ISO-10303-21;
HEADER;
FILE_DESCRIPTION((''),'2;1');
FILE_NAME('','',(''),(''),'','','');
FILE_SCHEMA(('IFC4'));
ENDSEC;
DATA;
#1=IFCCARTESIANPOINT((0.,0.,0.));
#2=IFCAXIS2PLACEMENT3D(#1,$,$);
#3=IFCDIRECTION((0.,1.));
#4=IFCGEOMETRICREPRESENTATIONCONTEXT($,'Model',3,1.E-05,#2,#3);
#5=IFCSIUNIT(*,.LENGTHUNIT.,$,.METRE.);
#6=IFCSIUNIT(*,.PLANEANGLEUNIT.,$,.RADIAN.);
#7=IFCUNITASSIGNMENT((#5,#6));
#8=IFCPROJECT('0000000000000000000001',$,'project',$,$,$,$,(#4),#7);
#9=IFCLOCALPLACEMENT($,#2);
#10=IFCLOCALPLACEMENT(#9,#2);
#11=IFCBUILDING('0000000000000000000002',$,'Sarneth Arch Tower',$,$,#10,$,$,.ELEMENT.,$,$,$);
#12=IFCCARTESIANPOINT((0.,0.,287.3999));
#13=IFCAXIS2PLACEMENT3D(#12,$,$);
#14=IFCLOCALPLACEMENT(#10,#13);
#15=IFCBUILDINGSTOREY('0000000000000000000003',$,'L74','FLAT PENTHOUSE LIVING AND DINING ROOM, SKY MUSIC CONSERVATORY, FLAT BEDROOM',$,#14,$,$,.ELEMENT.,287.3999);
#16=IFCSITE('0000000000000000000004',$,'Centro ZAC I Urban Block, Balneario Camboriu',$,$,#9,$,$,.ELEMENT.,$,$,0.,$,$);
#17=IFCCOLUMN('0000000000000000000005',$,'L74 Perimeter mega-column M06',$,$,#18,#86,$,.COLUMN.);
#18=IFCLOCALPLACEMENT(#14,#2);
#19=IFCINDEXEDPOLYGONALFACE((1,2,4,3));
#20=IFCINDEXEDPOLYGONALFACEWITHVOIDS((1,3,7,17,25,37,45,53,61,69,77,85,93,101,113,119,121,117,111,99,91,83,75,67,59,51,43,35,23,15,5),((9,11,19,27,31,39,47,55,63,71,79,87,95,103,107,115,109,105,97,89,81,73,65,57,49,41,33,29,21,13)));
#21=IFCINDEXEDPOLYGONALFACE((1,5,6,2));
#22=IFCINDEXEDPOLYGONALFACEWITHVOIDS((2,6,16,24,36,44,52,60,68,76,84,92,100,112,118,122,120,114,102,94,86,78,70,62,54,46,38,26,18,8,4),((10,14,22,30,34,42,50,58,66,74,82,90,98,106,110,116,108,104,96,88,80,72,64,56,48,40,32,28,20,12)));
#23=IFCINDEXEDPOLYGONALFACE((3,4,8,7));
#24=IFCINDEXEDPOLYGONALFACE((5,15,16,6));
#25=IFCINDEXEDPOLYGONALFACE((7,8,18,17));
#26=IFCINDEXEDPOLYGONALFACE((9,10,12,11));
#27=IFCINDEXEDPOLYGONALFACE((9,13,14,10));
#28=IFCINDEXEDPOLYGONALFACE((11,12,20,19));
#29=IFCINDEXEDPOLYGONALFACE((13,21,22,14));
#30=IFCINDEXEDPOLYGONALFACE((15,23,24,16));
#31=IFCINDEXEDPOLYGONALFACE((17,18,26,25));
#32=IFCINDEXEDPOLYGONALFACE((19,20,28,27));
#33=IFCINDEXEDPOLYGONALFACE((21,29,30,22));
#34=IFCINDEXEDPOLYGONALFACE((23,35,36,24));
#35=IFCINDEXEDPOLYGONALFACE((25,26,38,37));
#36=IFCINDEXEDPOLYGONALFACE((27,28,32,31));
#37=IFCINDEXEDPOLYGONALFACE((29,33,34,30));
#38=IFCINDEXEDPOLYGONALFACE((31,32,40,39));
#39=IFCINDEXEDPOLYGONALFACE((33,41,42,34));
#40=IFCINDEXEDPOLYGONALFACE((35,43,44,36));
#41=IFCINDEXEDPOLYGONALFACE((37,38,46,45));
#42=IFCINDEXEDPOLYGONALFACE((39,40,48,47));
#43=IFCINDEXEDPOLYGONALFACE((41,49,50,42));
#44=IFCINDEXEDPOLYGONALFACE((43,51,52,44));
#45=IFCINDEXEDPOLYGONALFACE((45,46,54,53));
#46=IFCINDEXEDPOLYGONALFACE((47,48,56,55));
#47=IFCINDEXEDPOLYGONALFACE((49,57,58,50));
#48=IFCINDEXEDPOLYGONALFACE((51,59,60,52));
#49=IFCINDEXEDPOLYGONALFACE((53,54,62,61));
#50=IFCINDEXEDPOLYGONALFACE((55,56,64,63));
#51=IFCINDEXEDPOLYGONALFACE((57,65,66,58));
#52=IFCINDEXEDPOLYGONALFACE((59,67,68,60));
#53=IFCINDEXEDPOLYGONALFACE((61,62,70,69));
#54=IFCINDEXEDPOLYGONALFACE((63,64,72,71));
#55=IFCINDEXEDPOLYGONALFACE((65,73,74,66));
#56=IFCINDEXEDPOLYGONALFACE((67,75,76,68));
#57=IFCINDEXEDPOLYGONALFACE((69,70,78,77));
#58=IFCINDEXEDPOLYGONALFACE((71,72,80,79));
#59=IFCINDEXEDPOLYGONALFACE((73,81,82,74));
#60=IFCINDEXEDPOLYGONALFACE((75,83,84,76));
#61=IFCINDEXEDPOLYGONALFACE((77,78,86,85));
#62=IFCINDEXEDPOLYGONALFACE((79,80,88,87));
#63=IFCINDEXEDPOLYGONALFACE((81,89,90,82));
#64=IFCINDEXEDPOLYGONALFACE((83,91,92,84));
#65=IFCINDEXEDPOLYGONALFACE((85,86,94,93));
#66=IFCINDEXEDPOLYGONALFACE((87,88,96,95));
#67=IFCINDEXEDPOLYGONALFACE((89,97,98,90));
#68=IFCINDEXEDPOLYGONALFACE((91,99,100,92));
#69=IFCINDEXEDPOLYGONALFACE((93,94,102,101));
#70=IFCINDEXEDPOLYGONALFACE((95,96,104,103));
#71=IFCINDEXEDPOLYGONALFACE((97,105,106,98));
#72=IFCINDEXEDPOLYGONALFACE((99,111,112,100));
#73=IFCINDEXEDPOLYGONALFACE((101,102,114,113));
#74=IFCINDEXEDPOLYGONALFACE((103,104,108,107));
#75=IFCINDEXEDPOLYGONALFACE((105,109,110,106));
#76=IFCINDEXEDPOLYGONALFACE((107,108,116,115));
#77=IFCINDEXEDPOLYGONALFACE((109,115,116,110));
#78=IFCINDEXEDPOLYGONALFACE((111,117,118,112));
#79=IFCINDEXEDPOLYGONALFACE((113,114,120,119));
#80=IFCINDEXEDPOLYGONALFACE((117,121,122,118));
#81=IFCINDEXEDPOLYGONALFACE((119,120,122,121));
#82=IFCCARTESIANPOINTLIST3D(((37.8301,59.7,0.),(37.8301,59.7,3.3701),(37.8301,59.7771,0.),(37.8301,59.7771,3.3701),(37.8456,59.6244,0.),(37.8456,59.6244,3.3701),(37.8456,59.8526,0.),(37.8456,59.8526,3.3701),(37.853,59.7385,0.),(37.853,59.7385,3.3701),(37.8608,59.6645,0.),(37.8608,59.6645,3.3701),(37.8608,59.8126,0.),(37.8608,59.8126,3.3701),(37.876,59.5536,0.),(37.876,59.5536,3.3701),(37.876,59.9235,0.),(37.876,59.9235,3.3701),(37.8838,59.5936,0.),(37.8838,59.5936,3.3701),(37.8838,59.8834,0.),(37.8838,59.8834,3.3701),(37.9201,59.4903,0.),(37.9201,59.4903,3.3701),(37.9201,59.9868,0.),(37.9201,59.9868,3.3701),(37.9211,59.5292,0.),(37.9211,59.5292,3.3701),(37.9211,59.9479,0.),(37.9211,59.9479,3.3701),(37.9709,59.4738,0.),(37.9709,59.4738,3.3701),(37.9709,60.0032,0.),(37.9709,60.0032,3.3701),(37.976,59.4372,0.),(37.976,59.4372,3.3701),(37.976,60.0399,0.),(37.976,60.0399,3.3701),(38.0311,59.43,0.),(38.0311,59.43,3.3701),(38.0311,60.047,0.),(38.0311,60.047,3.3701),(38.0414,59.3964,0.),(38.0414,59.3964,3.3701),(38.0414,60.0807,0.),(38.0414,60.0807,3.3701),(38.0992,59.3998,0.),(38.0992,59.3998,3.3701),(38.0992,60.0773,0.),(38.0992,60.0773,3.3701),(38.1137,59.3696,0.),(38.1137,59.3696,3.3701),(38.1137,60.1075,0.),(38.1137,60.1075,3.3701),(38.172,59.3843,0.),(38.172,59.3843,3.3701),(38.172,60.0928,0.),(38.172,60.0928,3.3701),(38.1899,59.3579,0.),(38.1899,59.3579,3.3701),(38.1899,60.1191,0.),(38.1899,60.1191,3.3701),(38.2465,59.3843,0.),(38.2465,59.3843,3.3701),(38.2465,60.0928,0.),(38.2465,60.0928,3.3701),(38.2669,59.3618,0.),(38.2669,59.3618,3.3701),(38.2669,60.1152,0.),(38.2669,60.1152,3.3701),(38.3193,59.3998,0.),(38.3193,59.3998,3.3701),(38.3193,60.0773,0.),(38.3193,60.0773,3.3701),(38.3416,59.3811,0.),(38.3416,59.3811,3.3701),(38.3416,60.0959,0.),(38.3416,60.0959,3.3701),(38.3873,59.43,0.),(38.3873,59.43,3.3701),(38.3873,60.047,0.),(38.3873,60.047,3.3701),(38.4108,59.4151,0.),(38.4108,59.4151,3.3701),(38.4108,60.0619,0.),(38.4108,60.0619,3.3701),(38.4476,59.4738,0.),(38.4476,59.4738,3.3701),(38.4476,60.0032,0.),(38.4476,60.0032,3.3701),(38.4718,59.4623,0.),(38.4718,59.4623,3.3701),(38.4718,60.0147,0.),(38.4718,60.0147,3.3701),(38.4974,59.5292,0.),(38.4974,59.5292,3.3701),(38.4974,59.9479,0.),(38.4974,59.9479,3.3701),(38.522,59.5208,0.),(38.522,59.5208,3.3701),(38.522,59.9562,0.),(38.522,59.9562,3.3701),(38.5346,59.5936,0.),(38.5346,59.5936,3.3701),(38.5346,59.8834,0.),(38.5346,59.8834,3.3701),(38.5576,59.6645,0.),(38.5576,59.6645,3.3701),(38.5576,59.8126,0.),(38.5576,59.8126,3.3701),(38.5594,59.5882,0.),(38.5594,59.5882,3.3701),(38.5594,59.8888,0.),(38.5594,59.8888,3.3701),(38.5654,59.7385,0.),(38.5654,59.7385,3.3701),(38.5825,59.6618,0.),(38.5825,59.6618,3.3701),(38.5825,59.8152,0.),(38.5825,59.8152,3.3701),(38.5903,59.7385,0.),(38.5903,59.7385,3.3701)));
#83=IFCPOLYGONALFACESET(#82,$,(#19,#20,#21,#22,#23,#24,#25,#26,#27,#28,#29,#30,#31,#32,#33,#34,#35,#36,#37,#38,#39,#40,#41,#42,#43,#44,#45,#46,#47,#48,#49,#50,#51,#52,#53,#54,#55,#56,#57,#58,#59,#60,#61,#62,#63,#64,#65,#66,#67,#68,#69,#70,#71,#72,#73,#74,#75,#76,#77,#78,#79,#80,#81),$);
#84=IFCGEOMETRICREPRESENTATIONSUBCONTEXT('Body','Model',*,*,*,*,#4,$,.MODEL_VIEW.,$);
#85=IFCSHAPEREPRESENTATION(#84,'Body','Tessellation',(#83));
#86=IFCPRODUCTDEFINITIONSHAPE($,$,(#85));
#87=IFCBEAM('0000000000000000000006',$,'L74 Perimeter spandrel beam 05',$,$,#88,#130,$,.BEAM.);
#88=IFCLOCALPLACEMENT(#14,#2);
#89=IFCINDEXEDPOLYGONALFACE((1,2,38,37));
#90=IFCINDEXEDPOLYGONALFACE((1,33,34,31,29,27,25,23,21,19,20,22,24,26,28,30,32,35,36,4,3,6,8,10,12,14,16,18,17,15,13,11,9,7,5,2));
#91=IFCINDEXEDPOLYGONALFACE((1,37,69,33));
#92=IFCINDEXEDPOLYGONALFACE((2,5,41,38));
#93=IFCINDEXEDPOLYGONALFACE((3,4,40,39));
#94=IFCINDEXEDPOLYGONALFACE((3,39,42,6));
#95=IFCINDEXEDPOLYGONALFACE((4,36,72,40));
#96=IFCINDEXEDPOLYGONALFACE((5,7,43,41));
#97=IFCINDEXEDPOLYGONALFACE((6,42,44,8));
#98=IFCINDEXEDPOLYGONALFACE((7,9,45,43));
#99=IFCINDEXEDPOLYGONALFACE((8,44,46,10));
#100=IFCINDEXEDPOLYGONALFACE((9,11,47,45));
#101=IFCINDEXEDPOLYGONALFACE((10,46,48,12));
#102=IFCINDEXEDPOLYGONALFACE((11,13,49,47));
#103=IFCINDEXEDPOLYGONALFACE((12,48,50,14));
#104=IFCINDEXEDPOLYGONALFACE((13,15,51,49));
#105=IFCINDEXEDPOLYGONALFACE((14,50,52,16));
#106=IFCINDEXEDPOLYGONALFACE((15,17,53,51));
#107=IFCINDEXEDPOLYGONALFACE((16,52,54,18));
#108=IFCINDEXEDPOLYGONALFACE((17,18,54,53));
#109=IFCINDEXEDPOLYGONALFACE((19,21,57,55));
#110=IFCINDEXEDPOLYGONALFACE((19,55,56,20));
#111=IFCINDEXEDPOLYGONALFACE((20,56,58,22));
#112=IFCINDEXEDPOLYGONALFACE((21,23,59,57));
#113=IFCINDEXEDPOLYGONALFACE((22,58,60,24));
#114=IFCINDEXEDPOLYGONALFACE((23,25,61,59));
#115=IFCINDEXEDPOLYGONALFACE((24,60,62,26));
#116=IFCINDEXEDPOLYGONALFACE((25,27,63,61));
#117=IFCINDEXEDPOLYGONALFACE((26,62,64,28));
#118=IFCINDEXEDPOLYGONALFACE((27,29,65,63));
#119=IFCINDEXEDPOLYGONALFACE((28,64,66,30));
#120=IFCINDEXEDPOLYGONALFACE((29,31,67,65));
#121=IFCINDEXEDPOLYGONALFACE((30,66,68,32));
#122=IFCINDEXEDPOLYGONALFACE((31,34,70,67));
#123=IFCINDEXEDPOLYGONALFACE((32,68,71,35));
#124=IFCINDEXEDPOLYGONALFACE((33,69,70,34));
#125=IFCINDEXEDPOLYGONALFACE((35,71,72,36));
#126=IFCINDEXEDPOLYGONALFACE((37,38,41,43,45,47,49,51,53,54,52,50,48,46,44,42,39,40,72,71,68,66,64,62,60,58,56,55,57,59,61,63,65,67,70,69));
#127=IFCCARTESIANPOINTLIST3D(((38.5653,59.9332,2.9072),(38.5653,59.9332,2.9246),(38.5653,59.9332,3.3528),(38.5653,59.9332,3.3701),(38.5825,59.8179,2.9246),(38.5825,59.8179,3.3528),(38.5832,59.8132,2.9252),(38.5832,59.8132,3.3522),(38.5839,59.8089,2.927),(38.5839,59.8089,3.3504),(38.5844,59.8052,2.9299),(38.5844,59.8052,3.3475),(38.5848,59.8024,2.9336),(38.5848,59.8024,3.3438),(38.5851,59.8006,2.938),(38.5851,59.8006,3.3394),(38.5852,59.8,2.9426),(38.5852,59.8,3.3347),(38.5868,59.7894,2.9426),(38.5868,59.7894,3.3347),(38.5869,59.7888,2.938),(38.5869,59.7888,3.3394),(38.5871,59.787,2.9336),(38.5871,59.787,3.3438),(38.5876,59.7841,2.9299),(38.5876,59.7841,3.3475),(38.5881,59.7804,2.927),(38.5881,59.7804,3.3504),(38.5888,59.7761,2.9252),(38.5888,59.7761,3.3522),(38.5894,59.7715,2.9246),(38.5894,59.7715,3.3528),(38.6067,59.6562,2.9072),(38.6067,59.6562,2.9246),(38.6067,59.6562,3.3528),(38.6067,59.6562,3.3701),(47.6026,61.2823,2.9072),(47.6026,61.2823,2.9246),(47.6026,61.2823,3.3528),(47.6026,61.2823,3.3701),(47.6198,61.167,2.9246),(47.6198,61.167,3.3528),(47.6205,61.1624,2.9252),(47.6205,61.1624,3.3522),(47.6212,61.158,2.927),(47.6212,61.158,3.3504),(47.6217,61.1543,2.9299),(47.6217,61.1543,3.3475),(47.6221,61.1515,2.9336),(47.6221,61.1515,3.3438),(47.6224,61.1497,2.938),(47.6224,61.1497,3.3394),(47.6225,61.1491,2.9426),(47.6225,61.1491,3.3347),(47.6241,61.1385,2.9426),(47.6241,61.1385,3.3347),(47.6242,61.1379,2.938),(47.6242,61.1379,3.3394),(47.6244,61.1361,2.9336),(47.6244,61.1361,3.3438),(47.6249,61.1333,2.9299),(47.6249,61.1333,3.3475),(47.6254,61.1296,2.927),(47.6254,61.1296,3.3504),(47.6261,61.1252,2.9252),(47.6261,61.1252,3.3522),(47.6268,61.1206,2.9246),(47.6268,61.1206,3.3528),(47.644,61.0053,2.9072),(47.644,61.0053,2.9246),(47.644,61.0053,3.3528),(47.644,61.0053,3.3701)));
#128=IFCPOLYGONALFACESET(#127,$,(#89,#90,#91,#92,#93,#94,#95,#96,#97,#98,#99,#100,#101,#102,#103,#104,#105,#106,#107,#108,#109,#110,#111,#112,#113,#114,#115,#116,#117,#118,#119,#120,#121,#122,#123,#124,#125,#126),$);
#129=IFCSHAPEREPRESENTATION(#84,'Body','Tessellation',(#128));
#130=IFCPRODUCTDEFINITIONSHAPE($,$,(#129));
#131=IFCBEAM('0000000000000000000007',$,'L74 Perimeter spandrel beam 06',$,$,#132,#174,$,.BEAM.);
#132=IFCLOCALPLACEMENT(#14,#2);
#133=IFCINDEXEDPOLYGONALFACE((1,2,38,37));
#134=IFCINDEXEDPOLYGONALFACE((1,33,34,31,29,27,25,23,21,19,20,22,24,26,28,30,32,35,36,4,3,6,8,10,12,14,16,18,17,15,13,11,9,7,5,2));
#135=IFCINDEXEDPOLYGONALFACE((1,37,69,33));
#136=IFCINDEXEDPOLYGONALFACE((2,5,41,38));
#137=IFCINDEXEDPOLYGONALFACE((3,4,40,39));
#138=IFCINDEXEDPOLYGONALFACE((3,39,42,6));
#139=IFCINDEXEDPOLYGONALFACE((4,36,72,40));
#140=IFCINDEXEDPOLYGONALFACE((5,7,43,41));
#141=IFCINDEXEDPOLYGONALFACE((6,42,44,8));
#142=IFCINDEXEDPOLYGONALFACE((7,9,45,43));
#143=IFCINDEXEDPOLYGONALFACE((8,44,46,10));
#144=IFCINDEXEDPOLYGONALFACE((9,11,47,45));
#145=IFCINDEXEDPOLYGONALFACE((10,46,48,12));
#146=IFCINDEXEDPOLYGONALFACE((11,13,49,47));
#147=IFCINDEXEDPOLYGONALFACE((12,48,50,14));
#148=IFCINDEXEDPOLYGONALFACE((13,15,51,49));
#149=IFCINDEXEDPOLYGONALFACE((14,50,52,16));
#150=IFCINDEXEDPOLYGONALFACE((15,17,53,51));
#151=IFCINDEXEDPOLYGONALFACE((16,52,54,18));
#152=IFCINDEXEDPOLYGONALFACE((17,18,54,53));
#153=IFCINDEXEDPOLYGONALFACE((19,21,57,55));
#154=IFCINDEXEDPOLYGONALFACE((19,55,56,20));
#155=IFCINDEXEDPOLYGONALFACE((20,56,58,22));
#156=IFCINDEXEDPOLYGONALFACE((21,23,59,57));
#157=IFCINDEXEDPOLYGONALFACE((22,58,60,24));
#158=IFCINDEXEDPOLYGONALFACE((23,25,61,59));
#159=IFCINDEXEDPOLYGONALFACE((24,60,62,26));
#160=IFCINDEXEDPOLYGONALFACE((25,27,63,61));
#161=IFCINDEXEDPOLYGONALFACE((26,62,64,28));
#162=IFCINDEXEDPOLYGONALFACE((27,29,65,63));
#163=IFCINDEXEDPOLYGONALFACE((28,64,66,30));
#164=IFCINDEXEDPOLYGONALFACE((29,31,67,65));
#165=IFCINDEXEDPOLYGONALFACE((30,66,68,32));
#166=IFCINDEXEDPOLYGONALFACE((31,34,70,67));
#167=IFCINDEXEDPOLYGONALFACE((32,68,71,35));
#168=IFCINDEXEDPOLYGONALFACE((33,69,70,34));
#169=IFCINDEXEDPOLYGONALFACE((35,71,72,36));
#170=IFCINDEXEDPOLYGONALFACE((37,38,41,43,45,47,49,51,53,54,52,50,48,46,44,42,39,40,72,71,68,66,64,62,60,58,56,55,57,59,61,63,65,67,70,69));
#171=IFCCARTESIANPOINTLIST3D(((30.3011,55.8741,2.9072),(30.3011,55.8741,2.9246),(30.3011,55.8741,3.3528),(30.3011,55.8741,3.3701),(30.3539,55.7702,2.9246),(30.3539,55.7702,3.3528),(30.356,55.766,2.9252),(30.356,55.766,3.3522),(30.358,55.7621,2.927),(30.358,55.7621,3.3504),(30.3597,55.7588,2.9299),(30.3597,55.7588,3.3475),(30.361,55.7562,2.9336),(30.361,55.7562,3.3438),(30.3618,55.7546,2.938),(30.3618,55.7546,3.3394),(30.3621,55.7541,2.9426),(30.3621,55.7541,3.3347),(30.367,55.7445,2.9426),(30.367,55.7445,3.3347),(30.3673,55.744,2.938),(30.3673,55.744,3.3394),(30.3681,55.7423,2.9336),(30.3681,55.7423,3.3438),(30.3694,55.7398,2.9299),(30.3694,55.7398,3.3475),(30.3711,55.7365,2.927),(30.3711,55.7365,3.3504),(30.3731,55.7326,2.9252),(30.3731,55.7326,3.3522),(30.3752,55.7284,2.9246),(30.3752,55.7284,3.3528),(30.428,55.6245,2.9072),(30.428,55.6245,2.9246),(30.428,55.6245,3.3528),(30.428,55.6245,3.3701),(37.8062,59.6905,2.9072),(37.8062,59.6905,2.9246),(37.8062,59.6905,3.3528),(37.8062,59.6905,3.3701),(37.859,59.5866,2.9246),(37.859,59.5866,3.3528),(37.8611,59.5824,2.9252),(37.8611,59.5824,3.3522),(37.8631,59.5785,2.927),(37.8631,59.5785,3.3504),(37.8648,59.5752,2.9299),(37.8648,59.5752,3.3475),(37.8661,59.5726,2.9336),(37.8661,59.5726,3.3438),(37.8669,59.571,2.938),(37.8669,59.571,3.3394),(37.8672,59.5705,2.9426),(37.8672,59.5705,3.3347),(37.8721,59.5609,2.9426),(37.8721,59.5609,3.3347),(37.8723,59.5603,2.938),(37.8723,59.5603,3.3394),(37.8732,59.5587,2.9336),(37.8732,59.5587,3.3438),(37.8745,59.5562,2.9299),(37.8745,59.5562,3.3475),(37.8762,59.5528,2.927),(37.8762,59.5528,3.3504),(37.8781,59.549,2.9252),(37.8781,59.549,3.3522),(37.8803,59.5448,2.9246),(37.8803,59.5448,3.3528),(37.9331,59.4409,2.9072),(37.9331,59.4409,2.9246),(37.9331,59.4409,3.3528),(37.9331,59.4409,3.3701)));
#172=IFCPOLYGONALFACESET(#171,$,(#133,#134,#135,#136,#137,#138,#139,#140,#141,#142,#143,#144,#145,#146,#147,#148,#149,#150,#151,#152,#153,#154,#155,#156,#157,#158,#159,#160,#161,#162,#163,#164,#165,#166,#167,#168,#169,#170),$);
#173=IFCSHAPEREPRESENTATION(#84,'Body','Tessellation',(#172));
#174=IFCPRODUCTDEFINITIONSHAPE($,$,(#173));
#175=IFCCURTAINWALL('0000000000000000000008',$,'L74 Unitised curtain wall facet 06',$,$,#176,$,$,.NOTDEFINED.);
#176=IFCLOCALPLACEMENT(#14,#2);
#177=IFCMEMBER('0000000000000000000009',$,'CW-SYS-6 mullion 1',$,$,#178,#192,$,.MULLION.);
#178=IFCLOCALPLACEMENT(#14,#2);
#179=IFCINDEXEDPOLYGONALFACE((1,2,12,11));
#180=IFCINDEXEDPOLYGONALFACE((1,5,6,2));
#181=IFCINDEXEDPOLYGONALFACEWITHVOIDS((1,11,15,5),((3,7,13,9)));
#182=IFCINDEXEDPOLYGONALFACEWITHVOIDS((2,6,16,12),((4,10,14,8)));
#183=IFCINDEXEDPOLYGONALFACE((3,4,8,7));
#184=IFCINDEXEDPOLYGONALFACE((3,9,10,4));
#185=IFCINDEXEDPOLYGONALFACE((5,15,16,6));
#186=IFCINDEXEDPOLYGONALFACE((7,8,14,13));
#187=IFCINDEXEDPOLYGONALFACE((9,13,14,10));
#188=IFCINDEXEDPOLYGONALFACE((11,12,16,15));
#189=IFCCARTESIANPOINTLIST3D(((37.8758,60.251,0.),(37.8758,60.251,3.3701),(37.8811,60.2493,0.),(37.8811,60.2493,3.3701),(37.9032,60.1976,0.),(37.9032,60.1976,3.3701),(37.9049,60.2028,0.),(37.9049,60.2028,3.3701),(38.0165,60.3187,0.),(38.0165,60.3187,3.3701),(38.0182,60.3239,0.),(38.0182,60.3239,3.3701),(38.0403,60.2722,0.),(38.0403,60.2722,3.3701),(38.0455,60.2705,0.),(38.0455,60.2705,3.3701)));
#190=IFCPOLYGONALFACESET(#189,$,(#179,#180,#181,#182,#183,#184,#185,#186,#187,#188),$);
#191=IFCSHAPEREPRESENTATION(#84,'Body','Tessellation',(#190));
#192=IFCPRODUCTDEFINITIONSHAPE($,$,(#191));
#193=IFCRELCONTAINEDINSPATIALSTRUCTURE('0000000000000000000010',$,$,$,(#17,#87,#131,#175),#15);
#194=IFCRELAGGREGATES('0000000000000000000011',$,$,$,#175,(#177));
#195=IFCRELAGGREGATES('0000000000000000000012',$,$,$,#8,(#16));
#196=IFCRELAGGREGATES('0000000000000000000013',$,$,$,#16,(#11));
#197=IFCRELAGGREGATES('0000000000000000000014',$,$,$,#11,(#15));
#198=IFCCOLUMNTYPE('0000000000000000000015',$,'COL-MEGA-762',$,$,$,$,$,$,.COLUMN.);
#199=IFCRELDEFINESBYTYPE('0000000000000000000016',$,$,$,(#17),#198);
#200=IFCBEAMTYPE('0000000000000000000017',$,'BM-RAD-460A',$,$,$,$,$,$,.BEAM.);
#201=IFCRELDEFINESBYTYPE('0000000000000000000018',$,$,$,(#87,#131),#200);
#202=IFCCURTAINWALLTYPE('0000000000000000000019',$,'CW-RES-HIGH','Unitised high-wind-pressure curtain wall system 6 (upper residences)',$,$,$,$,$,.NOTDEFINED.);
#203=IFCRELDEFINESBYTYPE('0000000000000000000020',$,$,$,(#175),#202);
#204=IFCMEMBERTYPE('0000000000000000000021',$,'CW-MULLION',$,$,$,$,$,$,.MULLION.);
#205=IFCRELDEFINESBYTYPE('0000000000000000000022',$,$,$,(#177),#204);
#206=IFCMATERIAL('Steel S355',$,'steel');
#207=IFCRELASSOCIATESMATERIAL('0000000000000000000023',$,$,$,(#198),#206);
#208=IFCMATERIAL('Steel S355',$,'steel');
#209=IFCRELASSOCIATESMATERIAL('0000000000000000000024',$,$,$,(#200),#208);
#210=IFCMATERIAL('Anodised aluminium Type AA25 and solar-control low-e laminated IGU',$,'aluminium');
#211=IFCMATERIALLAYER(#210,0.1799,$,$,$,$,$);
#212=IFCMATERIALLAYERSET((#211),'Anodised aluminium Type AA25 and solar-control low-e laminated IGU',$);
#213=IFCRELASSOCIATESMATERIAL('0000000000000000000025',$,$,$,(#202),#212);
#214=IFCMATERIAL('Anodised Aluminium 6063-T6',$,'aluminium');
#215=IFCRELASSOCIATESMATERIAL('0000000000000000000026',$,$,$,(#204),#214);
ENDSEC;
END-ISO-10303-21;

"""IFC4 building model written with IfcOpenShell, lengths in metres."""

from ifc_helpers import new_model, si_unit, direction, frame, origin, origin_2d, place, context, subcontext, project, spatial, hollow_rectangle, hollow_circle, i_section, extrude, material, layer, layer_set, material_profile, profile_set, type_object, element, aggregate, save


model = new_model("IFC4")

# Units and contexts
model_context = context("Model", 3, precision=1e-05, world=origin(), true_north=direction((0.0, 1.0)))
body_context = subcontext(model_context, "Body", "Model", "MODEL_VIEW")
ifc_project = project(units=[si_unit("LENGTHUNIT", "METRE"), si_unit("PLANEANGLEUNIT", "RADIAN")], contexts=[model_context])

# Site, building, storey
site_placement = place(None, origin())
site = spatial("IfcSite", under=ifc_project, at=site_placement, Name="Centro ZAC I Urban Block, Balneario Camboriu", CompositionType="ELEMENT", RefElevation=0.0)
building_placement = place(site_placement, origin())
building = spatial("IfcBuilding", under=site, at=building_placement, Name="Sarneth Arch Tower", CompositionType="ELEMENT")
storey_placement = place(building_placement, frame((0.0, 0.0, 287.3999)))
storey = spatial("IfcBuildingStorey", under=building, at=storey_placement, Name="L74", Description="FLAT PENTHOUSE LIVING AND DINING ROOM, SKY MUSIC CONSERVATORY, FLAT BEDROOM", CompositionType="ELEMENT", Elevation=287.3999)

# Column
ifc_material_1 = material(Name="Steel S355", Category="steel")
ifc_material_profile_1 = material_profile(ifc_material_1, hollow_circle(Radius=0.3811, WallThickness=0.0249, at=origin_2d()), Name="CHS762x25")
ifc_profile_set_1 = profile_set([ifc_material_profile_1], Name="Steel S355")
column_type = type_object("IfcColumnType", Name="COL-MEGA-762", PredefinedType="COLUMN", material=ifc_profile_set_1)
column_placement = place(storey_placement, frame((38.2092, 59.7385, 0.0), z_axis=(0.0, 0.0, 1.0), x_axis=(1.0, 0.0, 0.0)))
element("IfcColumn", 1, at=column_placement, inside=storey, type_object=column_type, Name="L74 Perimeter mega-column M06", PredefinedType="COLUMN", context=body_context, shape_type="SweptSolid", body=[
    extrude(hollow_circle(Radius=0.3811, WallThickness=0.0249, at=origin_2d()), origin(), (0.0, 0.0, 1.0), 3.3701),
])

# Beams
ifc_material_2 = material(Name="Steel S355", Category="steel")
ifc_material_profile_2 = material_profile(ifc_material_2, i_section(OverallWidth=0.28, OverallDepth=0.4629, WebThickness=0.0107, FlangeThickness=0.0173, FilletRadius=0.0181, at=origin_2d()), Name="W460x113")
ifc_profile_set_2 = profile_set([ifc_material_profile_2], Name="Steel S355")
beam_type = type_object("IfcBeamType", Name="BM-RAD-460A", PredefinedType="BEAM", material=ifc_profile_set_2)
beam_1_placement = place(storey_placement, frame((47.6233, 61.1438, 3.1387), z_axis=(-0.98904, -0.147647, 0.0), x_axis=(0.147647, -0.98904, 0.0)))
element("IfcBeam", 2, at=beam_1_placement, inside=storey, type_object=beam_type, Name="L74 Perimeter spandrel beam 05", PredefinedType="BEAM", context=body_context, shape_type="SweptSolid", body=[
    extrude(i_section(OverallWidth=0.28, OverallDepth=0.4629, WebThickness=0.0107, FlangeThickness=0.0173, FilletRadius=0.0181, at=origin_2d()), origin(), (0.0, 0.0, 1.0), 9.1375),
])
beam_2_placement = place(storey_placement, frame((37.8696, 59.5657, 3.1387), z_axis=(-0.891374, -0.453269, 0.0), x_axis=(0.453269, -0.891374, 0.0)))
element("IfcBeam", 3, at=beam_2_placement, inside=storey, type_object=beam_type, Name="L74 Perimeter spandrel beam 06", PredefinedType="BEAM", context=body_context, shape_type="SweptSolid", body=[
    extrude(i_section(OverallWidth=0.28, OverallDepth=0.4629, WebThickness=0.0107, FlangeThickness=0.0173, FilletRadius=0.0181, at=origin_2d()), origin(), (0.0, 0.0, 1.0), 8.4197),
])

# Curtain wall, member
ifc_material_3 = material(Name="Anodised aluminium Type AA25 and solar-control low-e laminated IGU", Category="aluminium")
ifc_layer_1 = layer(ifc_material_3, 0.1799)
ifc_layer_set_1 = layer_set([ifc_layer_1], Name="Anodised aluminium Type AA25 and solar-control low-e laminated IGU")
curtain_wall_type = type_object("IfcCurtainWallType", Name="CW-RES-HIGH", Description="Unitised high-wind-pressure curtain wall system 6 (upper residences)", PredefinedType="NOTDEFINED", material=ifc_layer_set_1)
curtain_wall_placement = place(storey_placement, origin())
curtain_wall = element("IfcCurtainWall", 4, at=curtain_wall_placement, inside=storey, type_object=curtain_wall_type, Name="L74 Unitised curtain wall facet 06", PredefinedType="NOTDEFINED")
ifc_material_4 = material(Name="Anodised Aluminium 6063-T6", Category="aluminium")
ifc_material_profile_3 = material_profile(ifc_material_4, hollow_rectangle(XDim=0.0601, YDim=0.1599, WallThickness=0.0039, at=origin_2d()), Name="AL-MULL-160x60x4")
ifc_profile_set_3 = profile_set([ifc_material_profile_3], Name="Anodised Aluminium 6063-T6")
member_type_1 = type_object("IfcMemberType", Name="CW-MULLION", PredefinedType="MULLION", material=ifc_profile_set_3)
member_1_placement = place(storey_placement, frame((37.9607, 60.2607, 0.0), z_axis=(0.0, 0.0, 1.0), x_axis=(0.455942, -0.89001, 0.0)))
member_1 = element("IfcMember", 5, at=member_1_placement, type_object=member_type_1, Name="CW-SYS-6 mullion 1", PredefinedType="MULLION", context=body_context, shape_type="SweptSolid", body=[
    extrude(hollow_rectangle(XDim=0.0601, YDim=0.1599, WallThickness=0.0039, at=origin_2d()), origin(), (0.0, 0.0, 1.0), 3.3701),
])
aggregate(curtain_wall, [member_1])

save(model, "model.ifc")
